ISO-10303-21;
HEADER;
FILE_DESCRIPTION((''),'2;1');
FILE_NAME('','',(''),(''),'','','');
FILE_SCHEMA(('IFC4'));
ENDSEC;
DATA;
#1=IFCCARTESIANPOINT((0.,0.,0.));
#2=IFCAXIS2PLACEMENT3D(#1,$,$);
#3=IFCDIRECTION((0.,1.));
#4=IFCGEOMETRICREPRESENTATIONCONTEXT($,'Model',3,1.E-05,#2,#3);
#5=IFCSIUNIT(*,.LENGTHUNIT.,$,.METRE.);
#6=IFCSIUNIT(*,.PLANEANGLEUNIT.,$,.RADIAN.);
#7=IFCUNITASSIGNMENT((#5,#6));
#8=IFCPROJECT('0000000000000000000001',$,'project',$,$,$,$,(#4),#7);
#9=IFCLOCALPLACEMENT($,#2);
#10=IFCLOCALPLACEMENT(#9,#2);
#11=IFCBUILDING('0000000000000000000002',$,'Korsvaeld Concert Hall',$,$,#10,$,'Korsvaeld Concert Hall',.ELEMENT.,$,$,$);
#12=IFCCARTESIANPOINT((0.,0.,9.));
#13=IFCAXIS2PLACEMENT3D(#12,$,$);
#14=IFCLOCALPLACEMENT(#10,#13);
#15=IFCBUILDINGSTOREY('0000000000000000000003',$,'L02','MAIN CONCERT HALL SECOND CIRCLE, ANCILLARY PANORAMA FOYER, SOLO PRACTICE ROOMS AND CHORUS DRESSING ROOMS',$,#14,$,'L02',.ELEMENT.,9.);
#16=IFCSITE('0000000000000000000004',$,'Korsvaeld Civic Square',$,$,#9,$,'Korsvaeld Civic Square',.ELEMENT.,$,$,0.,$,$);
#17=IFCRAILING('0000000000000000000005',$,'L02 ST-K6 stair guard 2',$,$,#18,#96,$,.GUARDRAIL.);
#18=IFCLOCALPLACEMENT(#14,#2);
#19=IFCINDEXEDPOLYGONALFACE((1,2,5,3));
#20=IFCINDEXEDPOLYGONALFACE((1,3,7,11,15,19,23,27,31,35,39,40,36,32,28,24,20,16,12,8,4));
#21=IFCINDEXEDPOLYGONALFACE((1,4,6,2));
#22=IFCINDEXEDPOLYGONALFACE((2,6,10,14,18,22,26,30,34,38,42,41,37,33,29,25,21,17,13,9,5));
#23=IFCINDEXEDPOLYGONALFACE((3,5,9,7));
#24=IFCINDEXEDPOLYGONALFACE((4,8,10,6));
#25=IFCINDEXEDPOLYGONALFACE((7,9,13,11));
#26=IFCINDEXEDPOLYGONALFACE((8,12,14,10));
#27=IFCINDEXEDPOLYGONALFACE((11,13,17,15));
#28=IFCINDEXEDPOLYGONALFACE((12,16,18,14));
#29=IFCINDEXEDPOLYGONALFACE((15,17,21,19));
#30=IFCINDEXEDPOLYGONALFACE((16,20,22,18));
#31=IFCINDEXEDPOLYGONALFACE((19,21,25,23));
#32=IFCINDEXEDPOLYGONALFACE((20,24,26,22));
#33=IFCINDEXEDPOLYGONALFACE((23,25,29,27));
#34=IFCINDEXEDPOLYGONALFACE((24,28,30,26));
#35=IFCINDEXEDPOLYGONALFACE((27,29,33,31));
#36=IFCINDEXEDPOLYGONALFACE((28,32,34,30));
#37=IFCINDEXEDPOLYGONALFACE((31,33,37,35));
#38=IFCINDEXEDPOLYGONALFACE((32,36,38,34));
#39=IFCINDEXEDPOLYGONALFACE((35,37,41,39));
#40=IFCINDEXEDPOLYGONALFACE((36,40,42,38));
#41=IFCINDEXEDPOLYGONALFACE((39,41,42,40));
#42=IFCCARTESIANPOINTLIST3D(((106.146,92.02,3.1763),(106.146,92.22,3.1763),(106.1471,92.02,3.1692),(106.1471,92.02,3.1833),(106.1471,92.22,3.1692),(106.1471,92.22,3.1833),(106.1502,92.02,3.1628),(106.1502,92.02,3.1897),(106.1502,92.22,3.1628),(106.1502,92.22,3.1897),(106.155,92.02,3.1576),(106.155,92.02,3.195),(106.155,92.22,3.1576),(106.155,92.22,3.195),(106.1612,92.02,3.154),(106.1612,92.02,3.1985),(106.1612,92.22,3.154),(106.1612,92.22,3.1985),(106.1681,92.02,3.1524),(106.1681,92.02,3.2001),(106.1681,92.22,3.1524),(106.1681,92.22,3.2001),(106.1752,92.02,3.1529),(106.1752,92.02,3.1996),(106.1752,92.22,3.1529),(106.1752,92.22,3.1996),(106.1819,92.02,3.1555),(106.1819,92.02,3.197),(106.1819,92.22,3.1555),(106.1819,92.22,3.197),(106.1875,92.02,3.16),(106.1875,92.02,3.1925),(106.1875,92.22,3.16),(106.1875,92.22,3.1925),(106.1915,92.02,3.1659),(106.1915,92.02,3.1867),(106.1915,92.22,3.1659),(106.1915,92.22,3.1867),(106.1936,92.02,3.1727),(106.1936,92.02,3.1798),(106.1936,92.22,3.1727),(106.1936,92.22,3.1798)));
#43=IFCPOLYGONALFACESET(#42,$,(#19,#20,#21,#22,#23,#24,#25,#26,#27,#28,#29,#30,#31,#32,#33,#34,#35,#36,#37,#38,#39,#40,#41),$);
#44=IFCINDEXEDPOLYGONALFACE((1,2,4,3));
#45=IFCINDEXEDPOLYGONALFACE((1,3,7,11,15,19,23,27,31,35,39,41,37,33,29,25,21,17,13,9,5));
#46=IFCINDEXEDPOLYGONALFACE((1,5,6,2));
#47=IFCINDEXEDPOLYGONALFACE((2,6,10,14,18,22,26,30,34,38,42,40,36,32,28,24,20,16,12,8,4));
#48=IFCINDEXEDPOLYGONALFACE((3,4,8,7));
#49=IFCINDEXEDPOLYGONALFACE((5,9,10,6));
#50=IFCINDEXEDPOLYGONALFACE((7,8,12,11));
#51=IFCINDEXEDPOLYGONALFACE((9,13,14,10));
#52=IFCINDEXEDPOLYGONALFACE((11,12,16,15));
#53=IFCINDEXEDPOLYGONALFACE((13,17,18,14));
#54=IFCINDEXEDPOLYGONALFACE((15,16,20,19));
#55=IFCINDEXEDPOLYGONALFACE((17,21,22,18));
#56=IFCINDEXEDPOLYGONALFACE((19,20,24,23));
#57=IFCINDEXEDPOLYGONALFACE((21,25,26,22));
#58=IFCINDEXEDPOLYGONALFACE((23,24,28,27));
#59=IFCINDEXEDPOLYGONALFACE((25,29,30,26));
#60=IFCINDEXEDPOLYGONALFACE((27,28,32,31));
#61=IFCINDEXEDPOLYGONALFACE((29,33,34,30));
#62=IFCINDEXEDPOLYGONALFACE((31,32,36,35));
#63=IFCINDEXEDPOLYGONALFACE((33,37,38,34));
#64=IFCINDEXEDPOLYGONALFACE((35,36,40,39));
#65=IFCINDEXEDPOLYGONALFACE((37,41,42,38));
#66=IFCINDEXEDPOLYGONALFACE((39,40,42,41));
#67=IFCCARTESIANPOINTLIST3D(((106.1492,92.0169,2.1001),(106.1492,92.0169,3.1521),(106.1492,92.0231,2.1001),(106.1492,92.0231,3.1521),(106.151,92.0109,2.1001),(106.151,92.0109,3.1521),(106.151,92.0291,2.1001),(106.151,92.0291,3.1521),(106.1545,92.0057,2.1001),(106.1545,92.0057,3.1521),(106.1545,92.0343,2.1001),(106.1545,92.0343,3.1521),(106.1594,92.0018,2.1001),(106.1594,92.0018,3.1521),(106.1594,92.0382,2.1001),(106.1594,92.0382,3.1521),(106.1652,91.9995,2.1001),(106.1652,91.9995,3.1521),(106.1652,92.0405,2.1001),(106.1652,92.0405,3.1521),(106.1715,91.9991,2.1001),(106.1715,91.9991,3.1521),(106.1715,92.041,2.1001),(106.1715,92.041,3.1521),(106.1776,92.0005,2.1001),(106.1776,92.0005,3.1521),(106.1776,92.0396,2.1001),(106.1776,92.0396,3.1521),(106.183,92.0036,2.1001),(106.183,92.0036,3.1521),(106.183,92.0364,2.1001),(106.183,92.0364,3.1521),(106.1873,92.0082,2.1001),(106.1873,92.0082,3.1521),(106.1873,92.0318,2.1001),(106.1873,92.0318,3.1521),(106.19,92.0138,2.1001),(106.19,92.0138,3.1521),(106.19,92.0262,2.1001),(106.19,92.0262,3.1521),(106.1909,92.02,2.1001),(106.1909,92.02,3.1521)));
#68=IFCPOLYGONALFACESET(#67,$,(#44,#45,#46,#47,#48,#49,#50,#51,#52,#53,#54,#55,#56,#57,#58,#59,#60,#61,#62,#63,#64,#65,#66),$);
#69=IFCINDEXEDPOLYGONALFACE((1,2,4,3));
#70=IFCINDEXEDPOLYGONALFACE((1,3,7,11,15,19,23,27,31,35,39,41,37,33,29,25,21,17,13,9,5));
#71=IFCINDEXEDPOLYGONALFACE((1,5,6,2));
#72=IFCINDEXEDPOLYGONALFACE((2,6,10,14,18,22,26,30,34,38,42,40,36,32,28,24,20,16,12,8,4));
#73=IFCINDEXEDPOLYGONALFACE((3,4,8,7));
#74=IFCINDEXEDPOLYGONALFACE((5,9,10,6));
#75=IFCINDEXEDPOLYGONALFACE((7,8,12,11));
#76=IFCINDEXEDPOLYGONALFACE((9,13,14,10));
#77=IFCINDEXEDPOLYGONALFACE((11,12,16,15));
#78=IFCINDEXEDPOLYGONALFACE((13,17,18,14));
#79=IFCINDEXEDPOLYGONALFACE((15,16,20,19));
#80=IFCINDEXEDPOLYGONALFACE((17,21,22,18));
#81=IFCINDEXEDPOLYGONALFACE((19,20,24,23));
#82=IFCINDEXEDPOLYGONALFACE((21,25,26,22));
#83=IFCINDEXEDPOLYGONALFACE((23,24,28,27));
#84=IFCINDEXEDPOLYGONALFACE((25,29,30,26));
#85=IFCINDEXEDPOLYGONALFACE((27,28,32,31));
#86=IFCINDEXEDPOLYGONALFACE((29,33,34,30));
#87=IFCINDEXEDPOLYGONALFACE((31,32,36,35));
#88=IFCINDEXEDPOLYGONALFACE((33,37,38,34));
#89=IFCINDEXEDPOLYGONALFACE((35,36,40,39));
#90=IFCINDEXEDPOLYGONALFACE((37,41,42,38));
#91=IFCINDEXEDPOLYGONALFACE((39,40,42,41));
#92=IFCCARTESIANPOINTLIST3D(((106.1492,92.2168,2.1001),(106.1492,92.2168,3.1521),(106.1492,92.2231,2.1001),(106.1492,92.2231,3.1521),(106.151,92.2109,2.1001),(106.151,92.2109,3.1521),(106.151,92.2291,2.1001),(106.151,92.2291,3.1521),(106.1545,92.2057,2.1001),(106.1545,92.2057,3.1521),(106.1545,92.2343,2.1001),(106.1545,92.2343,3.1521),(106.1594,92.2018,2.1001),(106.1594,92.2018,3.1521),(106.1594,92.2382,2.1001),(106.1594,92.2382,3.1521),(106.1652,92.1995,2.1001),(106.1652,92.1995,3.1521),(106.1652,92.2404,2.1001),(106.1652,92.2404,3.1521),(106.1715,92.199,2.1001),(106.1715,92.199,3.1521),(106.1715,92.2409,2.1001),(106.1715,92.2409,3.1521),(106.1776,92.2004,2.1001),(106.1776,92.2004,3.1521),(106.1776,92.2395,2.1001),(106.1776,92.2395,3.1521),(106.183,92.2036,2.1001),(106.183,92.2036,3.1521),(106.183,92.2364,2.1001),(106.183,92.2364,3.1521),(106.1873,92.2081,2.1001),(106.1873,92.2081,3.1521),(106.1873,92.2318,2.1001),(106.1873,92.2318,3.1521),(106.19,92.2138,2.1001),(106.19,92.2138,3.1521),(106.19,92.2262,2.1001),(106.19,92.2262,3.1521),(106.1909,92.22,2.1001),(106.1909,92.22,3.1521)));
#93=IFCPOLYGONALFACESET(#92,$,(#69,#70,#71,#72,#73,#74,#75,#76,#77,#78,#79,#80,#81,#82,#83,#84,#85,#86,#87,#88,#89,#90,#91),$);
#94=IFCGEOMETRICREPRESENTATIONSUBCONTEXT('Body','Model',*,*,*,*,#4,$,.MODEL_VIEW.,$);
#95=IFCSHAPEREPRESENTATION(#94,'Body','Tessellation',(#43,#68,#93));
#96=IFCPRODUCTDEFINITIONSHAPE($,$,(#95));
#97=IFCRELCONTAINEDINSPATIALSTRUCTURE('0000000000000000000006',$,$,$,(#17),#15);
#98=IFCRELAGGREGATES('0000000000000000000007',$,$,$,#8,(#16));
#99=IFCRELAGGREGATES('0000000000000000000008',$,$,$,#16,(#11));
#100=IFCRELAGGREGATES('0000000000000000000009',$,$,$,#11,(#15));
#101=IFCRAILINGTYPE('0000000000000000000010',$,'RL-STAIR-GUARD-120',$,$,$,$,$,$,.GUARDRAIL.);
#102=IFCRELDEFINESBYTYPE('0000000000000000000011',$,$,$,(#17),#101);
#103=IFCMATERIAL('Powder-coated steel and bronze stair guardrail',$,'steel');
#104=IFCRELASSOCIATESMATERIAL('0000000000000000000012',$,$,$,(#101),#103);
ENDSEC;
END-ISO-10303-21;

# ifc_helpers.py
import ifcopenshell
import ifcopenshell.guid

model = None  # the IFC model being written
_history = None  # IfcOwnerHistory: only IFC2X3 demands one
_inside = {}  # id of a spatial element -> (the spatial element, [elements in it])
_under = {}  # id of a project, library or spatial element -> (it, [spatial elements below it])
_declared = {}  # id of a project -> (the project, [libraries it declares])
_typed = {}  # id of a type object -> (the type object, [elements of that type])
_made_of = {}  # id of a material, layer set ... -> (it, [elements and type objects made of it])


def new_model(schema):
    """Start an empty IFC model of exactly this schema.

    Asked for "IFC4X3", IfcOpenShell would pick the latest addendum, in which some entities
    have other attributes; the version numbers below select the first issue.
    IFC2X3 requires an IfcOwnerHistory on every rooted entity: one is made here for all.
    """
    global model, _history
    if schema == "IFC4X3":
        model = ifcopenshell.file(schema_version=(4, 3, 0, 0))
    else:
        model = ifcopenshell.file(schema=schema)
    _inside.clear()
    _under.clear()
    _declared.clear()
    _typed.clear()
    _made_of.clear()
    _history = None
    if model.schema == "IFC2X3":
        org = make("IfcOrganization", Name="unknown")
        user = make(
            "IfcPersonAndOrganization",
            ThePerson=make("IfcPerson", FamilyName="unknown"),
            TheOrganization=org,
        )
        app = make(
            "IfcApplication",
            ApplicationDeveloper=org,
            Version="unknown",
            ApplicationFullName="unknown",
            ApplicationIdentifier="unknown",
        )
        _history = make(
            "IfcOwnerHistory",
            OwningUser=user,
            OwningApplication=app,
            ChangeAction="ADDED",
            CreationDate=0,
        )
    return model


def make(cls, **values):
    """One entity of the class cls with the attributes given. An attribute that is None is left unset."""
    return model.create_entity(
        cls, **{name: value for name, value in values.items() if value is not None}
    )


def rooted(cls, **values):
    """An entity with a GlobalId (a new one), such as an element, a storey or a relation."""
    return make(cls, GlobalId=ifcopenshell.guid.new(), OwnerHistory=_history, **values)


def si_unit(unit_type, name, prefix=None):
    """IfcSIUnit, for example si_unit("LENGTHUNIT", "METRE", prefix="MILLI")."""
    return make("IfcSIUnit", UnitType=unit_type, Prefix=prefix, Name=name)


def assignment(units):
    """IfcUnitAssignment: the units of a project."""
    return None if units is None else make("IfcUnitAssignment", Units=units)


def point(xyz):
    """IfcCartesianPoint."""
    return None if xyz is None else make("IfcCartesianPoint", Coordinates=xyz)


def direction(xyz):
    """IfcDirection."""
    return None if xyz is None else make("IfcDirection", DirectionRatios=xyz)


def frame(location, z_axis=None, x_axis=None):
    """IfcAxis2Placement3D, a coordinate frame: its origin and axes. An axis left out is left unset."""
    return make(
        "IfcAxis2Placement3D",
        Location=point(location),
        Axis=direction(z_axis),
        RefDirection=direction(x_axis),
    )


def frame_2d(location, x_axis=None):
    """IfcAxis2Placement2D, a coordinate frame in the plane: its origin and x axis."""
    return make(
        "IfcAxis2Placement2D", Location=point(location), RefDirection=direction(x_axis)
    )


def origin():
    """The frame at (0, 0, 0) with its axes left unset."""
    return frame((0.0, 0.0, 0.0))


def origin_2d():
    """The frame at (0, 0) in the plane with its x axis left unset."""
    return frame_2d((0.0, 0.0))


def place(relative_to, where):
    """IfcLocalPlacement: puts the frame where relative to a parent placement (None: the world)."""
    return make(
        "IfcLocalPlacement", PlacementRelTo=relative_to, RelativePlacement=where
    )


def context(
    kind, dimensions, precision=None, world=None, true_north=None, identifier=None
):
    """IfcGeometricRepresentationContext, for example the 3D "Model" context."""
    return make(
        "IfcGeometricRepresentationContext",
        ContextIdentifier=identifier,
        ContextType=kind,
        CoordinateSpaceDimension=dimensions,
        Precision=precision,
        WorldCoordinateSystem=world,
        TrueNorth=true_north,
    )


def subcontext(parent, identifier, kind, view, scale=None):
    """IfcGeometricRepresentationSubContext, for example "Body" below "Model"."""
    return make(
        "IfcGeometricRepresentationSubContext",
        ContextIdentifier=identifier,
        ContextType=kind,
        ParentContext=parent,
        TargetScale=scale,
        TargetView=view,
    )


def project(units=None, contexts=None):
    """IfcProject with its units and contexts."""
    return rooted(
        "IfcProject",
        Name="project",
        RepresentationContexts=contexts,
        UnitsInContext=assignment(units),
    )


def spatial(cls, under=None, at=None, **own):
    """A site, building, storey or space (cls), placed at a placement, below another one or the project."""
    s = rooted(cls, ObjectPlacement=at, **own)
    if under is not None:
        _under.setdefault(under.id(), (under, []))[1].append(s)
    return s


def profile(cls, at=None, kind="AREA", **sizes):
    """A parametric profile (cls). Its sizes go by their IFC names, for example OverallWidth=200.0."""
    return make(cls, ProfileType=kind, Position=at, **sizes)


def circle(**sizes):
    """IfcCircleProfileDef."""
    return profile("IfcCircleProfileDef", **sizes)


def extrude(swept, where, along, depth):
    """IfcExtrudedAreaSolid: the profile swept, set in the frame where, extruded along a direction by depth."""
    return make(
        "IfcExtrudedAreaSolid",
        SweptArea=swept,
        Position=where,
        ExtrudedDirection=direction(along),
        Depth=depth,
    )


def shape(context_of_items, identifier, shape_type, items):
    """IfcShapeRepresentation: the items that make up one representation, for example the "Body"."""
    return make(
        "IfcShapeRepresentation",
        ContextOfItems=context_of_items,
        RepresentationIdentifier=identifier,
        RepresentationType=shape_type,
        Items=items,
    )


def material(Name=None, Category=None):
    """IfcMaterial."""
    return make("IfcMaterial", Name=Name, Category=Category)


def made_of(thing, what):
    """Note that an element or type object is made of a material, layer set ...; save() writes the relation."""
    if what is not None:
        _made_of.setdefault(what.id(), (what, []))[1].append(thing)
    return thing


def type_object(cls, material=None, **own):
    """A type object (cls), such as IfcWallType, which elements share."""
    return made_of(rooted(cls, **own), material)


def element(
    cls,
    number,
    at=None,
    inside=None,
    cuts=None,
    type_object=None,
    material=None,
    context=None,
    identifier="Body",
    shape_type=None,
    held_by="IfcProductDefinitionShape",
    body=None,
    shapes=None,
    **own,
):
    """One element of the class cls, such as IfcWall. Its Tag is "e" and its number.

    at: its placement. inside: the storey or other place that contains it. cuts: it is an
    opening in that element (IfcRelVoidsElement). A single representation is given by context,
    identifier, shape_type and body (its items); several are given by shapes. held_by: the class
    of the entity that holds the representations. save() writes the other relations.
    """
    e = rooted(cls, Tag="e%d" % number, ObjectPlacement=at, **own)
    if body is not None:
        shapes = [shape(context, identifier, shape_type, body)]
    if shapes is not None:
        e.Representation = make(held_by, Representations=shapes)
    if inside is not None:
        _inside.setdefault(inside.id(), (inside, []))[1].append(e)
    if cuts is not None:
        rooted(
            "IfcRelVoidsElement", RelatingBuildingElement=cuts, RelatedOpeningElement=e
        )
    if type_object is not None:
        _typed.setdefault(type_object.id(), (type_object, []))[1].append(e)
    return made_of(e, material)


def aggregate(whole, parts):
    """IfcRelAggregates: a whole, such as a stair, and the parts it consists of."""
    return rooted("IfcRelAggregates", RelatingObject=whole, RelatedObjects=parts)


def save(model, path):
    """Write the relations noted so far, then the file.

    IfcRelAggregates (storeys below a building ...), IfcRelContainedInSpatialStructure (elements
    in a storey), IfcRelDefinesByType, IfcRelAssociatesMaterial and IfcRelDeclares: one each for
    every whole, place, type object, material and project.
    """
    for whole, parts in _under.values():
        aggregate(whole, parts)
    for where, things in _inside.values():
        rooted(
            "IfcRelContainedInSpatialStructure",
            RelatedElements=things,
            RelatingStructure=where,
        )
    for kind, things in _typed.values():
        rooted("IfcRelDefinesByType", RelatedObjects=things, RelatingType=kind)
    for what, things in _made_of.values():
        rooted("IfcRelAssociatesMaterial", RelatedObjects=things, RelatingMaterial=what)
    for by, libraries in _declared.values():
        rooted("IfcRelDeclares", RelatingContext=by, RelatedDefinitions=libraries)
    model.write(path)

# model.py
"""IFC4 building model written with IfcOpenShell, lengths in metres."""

from ifc_helpers import new_model, si_unit, direction, frame, origin, origin_2d, place, context, subcontext, project, spatial, circle, extrude, material, type_object, element, save


model = new_model("IFC4")

# Units and contexts
model_context = context("Model", 3, precision=1e-05, world=origin(), true_north=direction((0.0, 1.0)))
body_context = subcontext(model_context, "Body", "Model", "MODEL_VIEW")
ifc_project = project(units=[si_unit("LENGTHUNIT", "METRE"), si_unit("PLANEANGLEUNIT", "RADIAN")], contexts=[model_context])

# Site, building, storey
site_placement = place(None, origin())
site = spatial("IfcSite", under=ifc_project, at=site_placement, Name="Korsvaeld Civic Square", LongName="Korsvaeld Civic Square", CompositionType="ELEMENT", RefElevation=0.0)
building_placement = place(site_placement, origin())
building = spatial("IfcBuilding", under=site, at=building_placement, Name="Korsvaeld Concert Hall", LongName="Korsvaeld Concert Hall", CompositionType="ELEMENT")
storey_placement = place(building_placement, frame((0.0, 0.0, 9.0)))
storey = spatial("IfcBuildingStorey", under=building, at=storey_placement, Name="L02", Description="MAIN CONCERT HALL SECOND CIRCLE, ANCILLARY PANORAMA FOYER, SOLO PRACTICE ROOMS AND CHORUS DRESSING ROOMS", LongName="L02", CompositionType="ELEMENT", Elevation=9.0)

# Railing
ifc_material_1 = material(Name="Powder-coated steel and bronze stair guardrail", Category="steel")
railing_type_1 = type_object("IfcRailingType", Name="RL-STAIR-GUARD-120", PredefinedType="GUARDRAIL", material=ifc_material_1)
railing_1_placement = place(storey_placement, frame((106.1699, 92.02, 2.1001)))
element("IfcRailing", 1, at=railing_1_placement, inside=storey, type_object=railing_type_1, Name="L02 ST-K6 stair guard 2", PredefinedType="GUARDRAIL", context=body_context, shape_type="SweptSolid", body=[
    extrude(circle(Radius=0.0239, at=origin_2d()), frame((0.0, 0.0, 1.0762), z_axis=(0.0, 1.0, 0.0), x_axis=(-1.0, 0.0, 0.0)), (0.0, 0.0, 1.0), 0.2),
    extrude(circle(Radius=0.021, at=origin_2d()), origin(), (0.0, 0.0, 1.0), 1.052),
    extrude(circle(Radius=0.021, at=origin_2d()), frame((0.0, 0.2, 0.0)), (0.0, 0.0, 1.0), 1.052),
])

save(model, "model.ifc")
